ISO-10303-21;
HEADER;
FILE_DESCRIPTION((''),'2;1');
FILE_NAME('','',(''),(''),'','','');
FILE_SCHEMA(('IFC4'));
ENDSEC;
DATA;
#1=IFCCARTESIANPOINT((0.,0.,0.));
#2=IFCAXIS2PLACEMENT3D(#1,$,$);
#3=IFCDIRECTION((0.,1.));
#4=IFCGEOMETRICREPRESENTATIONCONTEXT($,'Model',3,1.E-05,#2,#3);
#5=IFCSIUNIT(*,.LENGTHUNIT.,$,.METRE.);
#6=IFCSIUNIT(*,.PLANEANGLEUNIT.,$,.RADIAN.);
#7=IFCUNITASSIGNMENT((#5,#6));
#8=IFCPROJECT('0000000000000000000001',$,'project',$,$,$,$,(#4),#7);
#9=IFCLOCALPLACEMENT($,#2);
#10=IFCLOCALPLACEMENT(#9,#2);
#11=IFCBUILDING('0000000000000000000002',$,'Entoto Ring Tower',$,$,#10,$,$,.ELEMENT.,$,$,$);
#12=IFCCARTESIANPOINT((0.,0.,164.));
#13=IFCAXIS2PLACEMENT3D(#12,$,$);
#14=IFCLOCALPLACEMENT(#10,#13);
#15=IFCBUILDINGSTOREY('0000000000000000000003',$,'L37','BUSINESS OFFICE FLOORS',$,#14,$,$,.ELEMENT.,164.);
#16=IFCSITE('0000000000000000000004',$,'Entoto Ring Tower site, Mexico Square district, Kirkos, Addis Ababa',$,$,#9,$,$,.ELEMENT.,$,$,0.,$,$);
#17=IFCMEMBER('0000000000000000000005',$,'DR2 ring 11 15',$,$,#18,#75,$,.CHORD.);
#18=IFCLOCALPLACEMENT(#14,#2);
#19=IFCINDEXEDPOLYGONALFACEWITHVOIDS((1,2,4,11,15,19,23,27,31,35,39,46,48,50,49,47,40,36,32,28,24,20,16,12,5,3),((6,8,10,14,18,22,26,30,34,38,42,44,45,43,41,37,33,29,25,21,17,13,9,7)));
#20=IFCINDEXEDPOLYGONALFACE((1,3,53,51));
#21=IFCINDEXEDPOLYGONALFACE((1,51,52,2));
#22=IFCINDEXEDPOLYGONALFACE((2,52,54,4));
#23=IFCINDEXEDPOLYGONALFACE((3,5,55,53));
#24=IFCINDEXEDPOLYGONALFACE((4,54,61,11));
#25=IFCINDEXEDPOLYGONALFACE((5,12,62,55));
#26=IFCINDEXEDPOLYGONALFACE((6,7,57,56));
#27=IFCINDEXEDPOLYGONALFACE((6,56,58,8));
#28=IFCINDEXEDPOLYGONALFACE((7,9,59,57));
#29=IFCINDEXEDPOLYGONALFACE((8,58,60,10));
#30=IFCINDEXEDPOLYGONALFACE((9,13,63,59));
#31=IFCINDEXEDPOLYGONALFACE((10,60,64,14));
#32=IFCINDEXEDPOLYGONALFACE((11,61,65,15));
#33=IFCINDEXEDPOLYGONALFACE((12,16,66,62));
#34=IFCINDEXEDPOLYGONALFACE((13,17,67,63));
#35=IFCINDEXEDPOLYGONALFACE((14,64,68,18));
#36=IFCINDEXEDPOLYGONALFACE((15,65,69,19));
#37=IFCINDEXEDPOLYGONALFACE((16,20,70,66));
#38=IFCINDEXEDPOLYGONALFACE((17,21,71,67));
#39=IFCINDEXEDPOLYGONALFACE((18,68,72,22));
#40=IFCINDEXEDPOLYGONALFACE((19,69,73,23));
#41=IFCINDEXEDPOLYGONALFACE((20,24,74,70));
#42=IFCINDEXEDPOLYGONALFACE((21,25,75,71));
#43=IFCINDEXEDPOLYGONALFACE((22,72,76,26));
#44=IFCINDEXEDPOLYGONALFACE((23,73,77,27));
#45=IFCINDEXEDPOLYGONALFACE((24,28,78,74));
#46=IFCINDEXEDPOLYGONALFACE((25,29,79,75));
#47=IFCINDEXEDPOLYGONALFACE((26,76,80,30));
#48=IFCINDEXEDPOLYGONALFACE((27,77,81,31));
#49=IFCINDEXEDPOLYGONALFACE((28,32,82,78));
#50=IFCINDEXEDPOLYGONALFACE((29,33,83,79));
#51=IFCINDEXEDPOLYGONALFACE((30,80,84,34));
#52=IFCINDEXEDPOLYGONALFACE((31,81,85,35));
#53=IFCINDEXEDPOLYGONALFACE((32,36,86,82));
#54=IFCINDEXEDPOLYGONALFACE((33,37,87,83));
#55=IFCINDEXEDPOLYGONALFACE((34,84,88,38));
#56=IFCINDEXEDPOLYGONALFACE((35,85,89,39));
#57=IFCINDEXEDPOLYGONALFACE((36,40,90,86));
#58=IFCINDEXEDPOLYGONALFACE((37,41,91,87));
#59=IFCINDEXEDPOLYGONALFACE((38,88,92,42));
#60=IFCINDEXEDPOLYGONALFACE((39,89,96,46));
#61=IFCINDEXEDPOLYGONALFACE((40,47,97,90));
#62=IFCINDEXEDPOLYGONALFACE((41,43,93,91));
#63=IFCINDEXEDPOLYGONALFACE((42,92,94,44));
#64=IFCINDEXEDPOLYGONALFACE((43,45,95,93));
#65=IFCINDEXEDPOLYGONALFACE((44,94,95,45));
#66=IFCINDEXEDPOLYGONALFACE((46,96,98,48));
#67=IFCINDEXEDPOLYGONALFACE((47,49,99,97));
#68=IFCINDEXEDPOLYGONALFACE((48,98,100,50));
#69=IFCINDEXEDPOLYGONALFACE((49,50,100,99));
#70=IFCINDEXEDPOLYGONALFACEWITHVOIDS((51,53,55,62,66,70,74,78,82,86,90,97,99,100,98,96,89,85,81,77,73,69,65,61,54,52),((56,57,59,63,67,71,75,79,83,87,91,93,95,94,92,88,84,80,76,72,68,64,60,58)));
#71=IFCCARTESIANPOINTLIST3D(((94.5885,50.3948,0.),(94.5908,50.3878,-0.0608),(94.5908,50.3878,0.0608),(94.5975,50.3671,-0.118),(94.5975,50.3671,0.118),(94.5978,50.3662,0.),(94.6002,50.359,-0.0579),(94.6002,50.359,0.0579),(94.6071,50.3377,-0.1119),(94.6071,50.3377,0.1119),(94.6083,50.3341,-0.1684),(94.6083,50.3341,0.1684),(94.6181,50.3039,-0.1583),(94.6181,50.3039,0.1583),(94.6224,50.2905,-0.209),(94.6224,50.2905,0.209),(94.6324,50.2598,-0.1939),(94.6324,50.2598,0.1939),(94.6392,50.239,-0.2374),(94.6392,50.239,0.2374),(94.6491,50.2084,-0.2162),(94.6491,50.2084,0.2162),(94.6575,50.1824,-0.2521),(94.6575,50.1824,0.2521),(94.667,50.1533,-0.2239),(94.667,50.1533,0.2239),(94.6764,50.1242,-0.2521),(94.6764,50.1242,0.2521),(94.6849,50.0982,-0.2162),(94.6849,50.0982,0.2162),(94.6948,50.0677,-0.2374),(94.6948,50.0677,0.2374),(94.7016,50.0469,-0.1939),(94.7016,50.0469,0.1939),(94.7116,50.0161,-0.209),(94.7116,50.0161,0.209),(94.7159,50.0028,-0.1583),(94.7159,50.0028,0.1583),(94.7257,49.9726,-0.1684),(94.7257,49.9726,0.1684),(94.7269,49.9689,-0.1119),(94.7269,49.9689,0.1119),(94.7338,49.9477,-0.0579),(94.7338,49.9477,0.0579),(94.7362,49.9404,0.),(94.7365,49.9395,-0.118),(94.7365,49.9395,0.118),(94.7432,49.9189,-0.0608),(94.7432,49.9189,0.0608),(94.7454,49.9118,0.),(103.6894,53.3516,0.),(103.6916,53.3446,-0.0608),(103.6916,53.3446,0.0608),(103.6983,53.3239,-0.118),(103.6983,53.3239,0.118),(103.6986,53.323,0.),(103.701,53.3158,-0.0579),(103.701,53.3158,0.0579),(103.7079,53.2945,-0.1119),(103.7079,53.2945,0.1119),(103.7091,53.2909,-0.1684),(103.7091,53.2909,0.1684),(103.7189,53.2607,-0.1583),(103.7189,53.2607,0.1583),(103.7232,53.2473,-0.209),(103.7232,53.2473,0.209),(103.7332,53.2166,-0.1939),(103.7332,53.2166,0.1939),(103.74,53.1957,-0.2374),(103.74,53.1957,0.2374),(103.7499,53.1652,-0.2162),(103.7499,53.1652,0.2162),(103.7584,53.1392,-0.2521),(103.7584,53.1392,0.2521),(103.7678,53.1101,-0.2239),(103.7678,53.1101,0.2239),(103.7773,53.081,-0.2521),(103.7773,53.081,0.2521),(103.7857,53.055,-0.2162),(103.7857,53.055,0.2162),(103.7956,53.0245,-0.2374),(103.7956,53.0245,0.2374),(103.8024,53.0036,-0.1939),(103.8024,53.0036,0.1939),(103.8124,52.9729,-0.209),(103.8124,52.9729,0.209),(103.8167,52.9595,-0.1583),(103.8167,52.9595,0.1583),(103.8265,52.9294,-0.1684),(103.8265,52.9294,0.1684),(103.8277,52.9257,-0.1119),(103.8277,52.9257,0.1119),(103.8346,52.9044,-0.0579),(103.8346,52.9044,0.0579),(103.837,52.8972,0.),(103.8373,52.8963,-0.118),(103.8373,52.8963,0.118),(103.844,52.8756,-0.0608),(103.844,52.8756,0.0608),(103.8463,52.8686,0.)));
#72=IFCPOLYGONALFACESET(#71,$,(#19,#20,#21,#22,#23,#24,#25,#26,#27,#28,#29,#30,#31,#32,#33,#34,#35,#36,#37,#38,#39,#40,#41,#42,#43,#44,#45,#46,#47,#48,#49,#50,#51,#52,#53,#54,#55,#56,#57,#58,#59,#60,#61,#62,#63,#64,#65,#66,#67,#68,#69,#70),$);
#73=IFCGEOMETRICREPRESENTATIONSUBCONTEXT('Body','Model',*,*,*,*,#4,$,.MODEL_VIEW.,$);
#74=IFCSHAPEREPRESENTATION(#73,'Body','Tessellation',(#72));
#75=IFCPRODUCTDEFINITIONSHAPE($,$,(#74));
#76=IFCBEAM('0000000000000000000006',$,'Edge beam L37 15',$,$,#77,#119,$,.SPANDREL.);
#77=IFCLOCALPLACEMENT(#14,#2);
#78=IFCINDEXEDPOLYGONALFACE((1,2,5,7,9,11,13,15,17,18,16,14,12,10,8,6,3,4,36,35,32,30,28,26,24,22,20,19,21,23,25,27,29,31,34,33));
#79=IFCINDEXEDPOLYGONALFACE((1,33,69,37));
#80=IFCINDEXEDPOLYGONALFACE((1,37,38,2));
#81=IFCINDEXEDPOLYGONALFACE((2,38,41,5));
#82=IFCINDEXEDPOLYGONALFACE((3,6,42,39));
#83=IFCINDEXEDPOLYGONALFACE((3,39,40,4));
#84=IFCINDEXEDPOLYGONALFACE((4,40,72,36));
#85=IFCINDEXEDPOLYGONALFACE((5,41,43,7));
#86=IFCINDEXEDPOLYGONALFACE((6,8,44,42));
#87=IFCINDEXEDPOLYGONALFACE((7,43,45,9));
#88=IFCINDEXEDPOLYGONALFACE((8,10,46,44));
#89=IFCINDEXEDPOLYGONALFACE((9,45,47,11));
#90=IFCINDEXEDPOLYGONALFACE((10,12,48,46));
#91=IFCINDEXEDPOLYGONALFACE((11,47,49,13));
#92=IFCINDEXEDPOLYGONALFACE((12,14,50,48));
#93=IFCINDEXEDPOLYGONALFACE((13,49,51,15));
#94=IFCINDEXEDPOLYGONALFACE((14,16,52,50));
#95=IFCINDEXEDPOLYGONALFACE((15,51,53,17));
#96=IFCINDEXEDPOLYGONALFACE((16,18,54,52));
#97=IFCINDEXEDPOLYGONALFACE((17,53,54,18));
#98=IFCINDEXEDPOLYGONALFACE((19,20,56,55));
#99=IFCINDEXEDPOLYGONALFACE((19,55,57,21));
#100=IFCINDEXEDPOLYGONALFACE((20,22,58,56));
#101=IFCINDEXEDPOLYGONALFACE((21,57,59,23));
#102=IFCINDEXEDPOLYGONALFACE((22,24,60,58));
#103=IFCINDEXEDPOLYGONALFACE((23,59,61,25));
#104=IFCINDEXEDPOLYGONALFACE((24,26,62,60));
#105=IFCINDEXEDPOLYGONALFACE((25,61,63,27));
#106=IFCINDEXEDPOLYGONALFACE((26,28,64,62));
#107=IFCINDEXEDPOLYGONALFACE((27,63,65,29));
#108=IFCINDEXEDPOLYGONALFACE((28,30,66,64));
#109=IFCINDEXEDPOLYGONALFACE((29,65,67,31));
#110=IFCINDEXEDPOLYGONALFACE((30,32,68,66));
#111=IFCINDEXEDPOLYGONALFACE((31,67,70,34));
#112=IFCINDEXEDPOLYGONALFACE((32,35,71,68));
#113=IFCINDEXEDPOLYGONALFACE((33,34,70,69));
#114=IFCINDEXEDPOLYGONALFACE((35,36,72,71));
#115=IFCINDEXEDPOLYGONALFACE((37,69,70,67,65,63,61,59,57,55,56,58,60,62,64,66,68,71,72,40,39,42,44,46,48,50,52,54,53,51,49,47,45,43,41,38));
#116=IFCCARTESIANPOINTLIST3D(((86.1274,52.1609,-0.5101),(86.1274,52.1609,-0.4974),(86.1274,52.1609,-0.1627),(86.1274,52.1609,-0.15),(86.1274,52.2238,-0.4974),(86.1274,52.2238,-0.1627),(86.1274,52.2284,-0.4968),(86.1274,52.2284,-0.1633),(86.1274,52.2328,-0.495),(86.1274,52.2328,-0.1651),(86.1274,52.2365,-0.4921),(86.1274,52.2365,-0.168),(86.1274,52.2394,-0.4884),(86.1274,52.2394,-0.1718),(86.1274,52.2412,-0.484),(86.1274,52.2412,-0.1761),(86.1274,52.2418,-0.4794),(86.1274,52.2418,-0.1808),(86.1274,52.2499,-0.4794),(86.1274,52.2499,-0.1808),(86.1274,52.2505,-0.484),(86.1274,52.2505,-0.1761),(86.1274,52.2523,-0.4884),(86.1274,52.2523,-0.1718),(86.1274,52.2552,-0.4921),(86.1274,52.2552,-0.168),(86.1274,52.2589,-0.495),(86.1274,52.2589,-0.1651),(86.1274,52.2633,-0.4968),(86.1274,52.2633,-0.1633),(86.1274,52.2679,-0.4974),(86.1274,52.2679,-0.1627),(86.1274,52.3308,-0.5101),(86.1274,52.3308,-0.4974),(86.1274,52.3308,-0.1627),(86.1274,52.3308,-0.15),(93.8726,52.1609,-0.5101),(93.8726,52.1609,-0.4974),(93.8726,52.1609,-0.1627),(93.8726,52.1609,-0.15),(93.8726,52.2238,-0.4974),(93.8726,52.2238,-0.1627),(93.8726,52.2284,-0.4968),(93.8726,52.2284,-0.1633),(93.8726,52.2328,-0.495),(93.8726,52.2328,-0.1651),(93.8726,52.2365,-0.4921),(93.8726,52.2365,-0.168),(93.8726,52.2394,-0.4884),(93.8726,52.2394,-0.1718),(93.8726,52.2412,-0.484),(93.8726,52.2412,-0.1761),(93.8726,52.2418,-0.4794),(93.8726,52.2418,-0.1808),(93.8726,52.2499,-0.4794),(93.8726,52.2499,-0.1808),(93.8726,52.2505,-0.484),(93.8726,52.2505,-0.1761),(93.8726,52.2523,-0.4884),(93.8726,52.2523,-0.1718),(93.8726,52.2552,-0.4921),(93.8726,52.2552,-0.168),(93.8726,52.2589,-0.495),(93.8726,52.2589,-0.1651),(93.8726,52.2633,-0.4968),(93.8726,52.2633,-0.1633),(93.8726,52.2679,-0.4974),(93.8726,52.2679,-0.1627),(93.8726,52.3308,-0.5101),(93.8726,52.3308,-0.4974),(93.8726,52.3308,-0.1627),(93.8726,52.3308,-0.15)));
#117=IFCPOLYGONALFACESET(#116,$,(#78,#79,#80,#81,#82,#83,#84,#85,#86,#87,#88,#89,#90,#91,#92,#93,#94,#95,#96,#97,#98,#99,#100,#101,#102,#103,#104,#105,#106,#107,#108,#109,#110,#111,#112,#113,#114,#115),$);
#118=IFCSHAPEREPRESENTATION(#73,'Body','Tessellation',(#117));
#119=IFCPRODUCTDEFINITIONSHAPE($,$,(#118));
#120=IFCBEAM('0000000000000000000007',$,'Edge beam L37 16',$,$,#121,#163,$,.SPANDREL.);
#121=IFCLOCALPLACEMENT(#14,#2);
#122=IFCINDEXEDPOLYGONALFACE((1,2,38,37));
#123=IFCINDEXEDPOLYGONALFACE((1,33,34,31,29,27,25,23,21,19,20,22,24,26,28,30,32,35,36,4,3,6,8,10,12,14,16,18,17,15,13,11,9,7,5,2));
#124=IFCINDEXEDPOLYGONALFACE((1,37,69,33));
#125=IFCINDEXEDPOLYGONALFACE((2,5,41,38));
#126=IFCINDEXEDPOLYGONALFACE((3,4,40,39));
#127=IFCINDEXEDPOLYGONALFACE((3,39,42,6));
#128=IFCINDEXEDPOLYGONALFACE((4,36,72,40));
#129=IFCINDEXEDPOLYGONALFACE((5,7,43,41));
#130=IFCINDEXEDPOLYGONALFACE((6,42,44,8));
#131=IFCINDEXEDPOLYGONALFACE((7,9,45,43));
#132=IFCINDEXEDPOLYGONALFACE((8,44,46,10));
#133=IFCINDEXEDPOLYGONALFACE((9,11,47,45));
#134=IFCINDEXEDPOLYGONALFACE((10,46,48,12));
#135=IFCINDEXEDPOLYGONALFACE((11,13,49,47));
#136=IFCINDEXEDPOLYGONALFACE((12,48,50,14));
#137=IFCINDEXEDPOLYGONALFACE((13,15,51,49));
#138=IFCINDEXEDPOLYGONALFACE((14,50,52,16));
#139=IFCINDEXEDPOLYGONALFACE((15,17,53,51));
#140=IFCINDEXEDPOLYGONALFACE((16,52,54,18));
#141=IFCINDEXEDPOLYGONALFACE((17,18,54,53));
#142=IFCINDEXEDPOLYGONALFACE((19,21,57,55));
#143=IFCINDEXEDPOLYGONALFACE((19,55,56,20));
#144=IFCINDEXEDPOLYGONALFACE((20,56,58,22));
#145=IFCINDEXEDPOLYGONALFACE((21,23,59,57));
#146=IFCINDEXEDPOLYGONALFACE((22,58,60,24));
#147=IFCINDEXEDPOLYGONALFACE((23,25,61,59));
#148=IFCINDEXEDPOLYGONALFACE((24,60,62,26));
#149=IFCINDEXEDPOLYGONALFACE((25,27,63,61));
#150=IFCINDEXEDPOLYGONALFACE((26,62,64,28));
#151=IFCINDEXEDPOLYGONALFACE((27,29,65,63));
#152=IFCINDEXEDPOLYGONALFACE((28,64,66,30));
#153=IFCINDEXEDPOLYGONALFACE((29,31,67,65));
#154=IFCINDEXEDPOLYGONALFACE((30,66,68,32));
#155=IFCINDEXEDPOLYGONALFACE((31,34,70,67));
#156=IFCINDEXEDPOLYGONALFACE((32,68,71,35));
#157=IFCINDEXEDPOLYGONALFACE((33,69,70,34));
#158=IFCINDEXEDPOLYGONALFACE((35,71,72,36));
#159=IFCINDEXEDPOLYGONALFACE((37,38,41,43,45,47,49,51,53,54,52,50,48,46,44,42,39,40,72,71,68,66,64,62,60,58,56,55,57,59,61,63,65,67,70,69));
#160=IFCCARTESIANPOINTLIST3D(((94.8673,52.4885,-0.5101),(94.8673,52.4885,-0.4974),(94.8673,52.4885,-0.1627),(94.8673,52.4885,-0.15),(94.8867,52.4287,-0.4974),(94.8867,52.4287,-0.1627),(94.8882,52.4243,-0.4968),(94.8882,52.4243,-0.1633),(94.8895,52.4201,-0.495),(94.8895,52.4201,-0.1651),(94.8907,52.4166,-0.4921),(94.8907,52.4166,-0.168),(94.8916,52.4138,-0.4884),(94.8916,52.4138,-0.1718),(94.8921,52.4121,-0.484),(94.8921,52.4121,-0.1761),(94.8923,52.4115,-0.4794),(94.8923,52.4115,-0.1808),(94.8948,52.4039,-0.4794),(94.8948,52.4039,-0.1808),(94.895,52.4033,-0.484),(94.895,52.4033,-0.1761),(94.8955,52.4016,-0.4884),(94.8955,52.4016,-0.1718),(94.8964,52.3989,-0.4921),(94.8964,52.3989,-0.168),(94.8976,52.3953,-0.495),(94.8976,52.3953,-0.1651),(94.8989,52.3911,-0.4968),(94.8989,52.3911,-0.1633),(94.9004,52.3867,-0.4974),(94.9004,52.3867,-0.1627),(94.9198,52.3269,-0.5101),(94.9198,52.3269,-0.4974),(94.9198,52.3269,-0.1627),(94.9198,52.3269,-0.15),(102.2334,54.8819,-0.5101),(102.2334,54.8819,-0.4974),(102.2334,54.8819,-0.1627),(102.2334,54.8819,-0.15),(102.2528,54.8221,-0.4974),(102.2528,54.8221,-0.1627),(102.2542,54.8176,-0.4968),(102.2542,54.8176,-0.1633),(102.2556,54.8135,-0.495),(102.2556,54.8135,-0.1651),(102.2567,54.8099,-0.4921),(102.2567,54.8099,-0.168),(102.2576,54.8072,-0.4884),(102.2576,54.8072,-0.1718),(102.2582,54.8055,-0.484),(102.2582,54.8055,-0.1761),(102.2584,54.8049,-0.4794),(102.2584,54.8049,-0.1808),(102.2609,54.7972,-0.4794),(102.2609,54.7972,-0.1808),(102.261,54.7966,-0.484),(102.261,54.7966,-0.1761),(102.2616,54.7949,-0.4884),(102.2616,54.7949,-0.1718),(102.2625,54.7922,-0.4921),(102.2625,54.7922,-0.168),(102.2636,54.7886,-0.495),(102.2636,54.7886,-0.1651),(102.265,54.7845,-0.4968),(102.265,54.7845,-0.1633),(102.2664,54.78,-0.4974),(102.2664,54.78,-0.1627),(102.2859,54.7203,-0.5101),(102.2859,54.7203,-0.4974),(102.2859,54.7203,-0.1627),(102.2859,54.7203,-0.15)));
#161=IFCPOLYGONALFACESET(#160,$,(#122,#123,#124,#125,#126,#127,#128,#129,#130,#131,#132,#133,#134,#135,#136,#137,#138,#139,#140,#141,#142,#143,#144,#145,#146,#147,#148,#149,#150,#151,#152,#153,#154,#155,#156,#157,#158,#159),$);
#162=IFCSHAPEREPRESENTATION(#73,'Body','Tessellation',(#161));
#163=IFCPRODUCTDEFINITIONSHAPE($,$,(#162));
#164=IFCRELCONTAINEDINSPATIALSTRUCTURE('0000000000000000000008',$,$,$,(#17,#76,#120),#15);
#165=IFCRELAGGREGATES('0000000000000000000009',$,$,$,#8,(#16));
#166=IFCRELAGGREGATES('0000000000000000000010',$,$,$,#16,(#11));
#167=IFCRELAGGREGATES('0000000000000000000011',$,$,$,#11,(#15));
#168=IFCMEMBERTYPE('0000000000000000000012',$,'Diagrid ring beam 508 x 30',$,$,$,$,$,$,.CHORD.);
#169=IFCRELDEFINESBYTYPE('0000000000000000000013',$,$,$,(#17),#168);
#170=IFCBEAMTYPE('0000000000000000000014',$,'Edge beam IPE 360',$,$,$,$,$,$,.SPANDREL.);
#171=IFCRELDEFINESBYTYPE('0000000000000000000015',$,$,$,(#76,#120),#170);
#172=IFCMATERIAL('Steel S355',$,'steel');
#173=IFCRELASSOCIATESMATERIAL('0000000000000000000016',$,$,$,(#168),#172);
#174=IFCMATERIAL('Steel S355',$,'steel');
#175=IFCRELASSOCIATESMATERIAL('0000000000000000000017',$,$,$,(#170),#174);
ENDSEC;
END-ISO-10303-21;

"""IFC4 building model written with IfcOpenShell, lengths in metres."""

from ifc_helpers import new_model, si_unit, direction, frame, origin, origin_2d, place, context, subcontext, project, spatial, circle, hollow_circle, i_section, extrude, material, material_profile, profile_set, type_object, element, save


model = new_model("IFC4")

# Units and contexts
model_context = context("Model", 3, precision=1e-05, world=origin(), true_north=direction((0.0, 1.0)))
body_context = subcontext(model_context, "Body", "Model", "MODEL_VIEW")
ifc_project = project(units=[si_unit("LENGTHUNIT", "METRE"), si_unit("PLANEANGLEUNIT", "RADIAN")], contexts=[model_context])

# Site, building, storey
site_placement = place(None, origin())
site = spatial("IfcSite", under=ifc_project, at=site_placement, Name="Entoto Ring Tower site, Mexico Square district, Kirkos, Addis Ababa", CompositionType="ELEMENT", RefElevation=0.0)
building_placement = place(site_placement, origin())
building = spatial("IfcBuilding", under=site, at=building_placement, Name="Entoto Ring Tower", CompositionType="ELEMENT")
storey_placement = place(building_placement, frame((0.0, 0.0, 164.0)))
storey = spatial("IfcBuildingStorey", under=building, at=storey_placement, Name="L37", Description="BUSINESS OFFICE FLOORS", CompositionType="ELEMENT", Elevation=164.0)

# Member
ifc_material_1 = material(Name="Steel S355", Category="steel")
ifc_material_profile_1 = material_profile(ifc_material_1, hollow_circle(Radius=0.2539, WallThickness=0.03, at=origin_2d()), Name="CHS 508 x 30")
ifc_material_2 = material(Name="Concrete C60/75", Category="concrete")
ifc_material_profile_2 = material_profile(ifc_material_2, circle(Radius=0.2241, at=origin_2d()), Name="Concrete C60/75 infill")
ifc_profile_set_1 = profile_set([ifc_material_profile_1, ifc_material_profile_2], Name="Steel S355")
member_type_1 = type_object("IfcMemberType", Name="Diagrid ring beam 508 x 30", PredefinedType="CHORD", material=ifc_profile_set_1)
member_1_placement = place(storey_placement, frame((94.667, 50.1533, 0.0), z_axis=(0.951064, 0.308993, 0.0), x_axis=(-0.308993, 0.951064, 0.0)))
element("IfcMember", 1, at=member_1_placement, inside=storey, type_object=member_type_1, Name="DR2 ring 11 15", PredefinedType="CHORD", context=body_context, shape_type="SweptSolid", body=[
    extrude(hollow_circle(Radius=0.2539, WallThickness=0.03, at=origin_2d()), origin(), (0.0, 0.0, 1.0), 9.5691),
])

# Beams
ifc_material_3 = material(Name="Steel S355", Category="steel")
ifc_material_profile_3 = material_profile(ifc_material_3, i_section(OverallWidth=0.1699, OverallDepth=0.3601, WebThickness=0.0081, FlangeThickness=0.0127, FilletRadius=0.0181, at=origin_2d()), Name="IPE 360")
ifc_profile_set_2 = profile_set([ifc_material_profile_3], Name="Steel S355")
beam_type_1 = type_object("IfcBeamType", Name="Edge beam IPE 360", PredefinedType="SPANDREL", material=ifc_profile_set_2)
for number, where, z_axis, x_axis, name in (
    (2, (86.1274, 52.2458, -0.3301), (1.0, 0.0, 0.0), (0.0, 1.0, 0.0), "Edge beam L37 15"),
    (3, (94.8936, 52.4077, -0.3301), (0.951058, 0.309013, 0.0), (-0.309013, 0.951058, 0.0), "Edge beam L37 16"),
):
    element("IfcBeam", number, at=place(storey_placement, frame(where, z_axis=z_axis, x_axis=x_axis)), inside=storey, type_object=beam_type_1, Name=name, PredefinedType="SPANDREL", context=body_context, shape_type="SweptSolid", body=[
        extrude(i_section(OverallWidth=0.1699, OverallDepth=0.3601, WebThickness=0.0081, FlangeThickness=0.0127, FilletRadius=0.0181, at=origin_2d()), origin(), (0.0, 0.0, 1.0), 7.7451),
    ])

save(model, "model.ifc")
